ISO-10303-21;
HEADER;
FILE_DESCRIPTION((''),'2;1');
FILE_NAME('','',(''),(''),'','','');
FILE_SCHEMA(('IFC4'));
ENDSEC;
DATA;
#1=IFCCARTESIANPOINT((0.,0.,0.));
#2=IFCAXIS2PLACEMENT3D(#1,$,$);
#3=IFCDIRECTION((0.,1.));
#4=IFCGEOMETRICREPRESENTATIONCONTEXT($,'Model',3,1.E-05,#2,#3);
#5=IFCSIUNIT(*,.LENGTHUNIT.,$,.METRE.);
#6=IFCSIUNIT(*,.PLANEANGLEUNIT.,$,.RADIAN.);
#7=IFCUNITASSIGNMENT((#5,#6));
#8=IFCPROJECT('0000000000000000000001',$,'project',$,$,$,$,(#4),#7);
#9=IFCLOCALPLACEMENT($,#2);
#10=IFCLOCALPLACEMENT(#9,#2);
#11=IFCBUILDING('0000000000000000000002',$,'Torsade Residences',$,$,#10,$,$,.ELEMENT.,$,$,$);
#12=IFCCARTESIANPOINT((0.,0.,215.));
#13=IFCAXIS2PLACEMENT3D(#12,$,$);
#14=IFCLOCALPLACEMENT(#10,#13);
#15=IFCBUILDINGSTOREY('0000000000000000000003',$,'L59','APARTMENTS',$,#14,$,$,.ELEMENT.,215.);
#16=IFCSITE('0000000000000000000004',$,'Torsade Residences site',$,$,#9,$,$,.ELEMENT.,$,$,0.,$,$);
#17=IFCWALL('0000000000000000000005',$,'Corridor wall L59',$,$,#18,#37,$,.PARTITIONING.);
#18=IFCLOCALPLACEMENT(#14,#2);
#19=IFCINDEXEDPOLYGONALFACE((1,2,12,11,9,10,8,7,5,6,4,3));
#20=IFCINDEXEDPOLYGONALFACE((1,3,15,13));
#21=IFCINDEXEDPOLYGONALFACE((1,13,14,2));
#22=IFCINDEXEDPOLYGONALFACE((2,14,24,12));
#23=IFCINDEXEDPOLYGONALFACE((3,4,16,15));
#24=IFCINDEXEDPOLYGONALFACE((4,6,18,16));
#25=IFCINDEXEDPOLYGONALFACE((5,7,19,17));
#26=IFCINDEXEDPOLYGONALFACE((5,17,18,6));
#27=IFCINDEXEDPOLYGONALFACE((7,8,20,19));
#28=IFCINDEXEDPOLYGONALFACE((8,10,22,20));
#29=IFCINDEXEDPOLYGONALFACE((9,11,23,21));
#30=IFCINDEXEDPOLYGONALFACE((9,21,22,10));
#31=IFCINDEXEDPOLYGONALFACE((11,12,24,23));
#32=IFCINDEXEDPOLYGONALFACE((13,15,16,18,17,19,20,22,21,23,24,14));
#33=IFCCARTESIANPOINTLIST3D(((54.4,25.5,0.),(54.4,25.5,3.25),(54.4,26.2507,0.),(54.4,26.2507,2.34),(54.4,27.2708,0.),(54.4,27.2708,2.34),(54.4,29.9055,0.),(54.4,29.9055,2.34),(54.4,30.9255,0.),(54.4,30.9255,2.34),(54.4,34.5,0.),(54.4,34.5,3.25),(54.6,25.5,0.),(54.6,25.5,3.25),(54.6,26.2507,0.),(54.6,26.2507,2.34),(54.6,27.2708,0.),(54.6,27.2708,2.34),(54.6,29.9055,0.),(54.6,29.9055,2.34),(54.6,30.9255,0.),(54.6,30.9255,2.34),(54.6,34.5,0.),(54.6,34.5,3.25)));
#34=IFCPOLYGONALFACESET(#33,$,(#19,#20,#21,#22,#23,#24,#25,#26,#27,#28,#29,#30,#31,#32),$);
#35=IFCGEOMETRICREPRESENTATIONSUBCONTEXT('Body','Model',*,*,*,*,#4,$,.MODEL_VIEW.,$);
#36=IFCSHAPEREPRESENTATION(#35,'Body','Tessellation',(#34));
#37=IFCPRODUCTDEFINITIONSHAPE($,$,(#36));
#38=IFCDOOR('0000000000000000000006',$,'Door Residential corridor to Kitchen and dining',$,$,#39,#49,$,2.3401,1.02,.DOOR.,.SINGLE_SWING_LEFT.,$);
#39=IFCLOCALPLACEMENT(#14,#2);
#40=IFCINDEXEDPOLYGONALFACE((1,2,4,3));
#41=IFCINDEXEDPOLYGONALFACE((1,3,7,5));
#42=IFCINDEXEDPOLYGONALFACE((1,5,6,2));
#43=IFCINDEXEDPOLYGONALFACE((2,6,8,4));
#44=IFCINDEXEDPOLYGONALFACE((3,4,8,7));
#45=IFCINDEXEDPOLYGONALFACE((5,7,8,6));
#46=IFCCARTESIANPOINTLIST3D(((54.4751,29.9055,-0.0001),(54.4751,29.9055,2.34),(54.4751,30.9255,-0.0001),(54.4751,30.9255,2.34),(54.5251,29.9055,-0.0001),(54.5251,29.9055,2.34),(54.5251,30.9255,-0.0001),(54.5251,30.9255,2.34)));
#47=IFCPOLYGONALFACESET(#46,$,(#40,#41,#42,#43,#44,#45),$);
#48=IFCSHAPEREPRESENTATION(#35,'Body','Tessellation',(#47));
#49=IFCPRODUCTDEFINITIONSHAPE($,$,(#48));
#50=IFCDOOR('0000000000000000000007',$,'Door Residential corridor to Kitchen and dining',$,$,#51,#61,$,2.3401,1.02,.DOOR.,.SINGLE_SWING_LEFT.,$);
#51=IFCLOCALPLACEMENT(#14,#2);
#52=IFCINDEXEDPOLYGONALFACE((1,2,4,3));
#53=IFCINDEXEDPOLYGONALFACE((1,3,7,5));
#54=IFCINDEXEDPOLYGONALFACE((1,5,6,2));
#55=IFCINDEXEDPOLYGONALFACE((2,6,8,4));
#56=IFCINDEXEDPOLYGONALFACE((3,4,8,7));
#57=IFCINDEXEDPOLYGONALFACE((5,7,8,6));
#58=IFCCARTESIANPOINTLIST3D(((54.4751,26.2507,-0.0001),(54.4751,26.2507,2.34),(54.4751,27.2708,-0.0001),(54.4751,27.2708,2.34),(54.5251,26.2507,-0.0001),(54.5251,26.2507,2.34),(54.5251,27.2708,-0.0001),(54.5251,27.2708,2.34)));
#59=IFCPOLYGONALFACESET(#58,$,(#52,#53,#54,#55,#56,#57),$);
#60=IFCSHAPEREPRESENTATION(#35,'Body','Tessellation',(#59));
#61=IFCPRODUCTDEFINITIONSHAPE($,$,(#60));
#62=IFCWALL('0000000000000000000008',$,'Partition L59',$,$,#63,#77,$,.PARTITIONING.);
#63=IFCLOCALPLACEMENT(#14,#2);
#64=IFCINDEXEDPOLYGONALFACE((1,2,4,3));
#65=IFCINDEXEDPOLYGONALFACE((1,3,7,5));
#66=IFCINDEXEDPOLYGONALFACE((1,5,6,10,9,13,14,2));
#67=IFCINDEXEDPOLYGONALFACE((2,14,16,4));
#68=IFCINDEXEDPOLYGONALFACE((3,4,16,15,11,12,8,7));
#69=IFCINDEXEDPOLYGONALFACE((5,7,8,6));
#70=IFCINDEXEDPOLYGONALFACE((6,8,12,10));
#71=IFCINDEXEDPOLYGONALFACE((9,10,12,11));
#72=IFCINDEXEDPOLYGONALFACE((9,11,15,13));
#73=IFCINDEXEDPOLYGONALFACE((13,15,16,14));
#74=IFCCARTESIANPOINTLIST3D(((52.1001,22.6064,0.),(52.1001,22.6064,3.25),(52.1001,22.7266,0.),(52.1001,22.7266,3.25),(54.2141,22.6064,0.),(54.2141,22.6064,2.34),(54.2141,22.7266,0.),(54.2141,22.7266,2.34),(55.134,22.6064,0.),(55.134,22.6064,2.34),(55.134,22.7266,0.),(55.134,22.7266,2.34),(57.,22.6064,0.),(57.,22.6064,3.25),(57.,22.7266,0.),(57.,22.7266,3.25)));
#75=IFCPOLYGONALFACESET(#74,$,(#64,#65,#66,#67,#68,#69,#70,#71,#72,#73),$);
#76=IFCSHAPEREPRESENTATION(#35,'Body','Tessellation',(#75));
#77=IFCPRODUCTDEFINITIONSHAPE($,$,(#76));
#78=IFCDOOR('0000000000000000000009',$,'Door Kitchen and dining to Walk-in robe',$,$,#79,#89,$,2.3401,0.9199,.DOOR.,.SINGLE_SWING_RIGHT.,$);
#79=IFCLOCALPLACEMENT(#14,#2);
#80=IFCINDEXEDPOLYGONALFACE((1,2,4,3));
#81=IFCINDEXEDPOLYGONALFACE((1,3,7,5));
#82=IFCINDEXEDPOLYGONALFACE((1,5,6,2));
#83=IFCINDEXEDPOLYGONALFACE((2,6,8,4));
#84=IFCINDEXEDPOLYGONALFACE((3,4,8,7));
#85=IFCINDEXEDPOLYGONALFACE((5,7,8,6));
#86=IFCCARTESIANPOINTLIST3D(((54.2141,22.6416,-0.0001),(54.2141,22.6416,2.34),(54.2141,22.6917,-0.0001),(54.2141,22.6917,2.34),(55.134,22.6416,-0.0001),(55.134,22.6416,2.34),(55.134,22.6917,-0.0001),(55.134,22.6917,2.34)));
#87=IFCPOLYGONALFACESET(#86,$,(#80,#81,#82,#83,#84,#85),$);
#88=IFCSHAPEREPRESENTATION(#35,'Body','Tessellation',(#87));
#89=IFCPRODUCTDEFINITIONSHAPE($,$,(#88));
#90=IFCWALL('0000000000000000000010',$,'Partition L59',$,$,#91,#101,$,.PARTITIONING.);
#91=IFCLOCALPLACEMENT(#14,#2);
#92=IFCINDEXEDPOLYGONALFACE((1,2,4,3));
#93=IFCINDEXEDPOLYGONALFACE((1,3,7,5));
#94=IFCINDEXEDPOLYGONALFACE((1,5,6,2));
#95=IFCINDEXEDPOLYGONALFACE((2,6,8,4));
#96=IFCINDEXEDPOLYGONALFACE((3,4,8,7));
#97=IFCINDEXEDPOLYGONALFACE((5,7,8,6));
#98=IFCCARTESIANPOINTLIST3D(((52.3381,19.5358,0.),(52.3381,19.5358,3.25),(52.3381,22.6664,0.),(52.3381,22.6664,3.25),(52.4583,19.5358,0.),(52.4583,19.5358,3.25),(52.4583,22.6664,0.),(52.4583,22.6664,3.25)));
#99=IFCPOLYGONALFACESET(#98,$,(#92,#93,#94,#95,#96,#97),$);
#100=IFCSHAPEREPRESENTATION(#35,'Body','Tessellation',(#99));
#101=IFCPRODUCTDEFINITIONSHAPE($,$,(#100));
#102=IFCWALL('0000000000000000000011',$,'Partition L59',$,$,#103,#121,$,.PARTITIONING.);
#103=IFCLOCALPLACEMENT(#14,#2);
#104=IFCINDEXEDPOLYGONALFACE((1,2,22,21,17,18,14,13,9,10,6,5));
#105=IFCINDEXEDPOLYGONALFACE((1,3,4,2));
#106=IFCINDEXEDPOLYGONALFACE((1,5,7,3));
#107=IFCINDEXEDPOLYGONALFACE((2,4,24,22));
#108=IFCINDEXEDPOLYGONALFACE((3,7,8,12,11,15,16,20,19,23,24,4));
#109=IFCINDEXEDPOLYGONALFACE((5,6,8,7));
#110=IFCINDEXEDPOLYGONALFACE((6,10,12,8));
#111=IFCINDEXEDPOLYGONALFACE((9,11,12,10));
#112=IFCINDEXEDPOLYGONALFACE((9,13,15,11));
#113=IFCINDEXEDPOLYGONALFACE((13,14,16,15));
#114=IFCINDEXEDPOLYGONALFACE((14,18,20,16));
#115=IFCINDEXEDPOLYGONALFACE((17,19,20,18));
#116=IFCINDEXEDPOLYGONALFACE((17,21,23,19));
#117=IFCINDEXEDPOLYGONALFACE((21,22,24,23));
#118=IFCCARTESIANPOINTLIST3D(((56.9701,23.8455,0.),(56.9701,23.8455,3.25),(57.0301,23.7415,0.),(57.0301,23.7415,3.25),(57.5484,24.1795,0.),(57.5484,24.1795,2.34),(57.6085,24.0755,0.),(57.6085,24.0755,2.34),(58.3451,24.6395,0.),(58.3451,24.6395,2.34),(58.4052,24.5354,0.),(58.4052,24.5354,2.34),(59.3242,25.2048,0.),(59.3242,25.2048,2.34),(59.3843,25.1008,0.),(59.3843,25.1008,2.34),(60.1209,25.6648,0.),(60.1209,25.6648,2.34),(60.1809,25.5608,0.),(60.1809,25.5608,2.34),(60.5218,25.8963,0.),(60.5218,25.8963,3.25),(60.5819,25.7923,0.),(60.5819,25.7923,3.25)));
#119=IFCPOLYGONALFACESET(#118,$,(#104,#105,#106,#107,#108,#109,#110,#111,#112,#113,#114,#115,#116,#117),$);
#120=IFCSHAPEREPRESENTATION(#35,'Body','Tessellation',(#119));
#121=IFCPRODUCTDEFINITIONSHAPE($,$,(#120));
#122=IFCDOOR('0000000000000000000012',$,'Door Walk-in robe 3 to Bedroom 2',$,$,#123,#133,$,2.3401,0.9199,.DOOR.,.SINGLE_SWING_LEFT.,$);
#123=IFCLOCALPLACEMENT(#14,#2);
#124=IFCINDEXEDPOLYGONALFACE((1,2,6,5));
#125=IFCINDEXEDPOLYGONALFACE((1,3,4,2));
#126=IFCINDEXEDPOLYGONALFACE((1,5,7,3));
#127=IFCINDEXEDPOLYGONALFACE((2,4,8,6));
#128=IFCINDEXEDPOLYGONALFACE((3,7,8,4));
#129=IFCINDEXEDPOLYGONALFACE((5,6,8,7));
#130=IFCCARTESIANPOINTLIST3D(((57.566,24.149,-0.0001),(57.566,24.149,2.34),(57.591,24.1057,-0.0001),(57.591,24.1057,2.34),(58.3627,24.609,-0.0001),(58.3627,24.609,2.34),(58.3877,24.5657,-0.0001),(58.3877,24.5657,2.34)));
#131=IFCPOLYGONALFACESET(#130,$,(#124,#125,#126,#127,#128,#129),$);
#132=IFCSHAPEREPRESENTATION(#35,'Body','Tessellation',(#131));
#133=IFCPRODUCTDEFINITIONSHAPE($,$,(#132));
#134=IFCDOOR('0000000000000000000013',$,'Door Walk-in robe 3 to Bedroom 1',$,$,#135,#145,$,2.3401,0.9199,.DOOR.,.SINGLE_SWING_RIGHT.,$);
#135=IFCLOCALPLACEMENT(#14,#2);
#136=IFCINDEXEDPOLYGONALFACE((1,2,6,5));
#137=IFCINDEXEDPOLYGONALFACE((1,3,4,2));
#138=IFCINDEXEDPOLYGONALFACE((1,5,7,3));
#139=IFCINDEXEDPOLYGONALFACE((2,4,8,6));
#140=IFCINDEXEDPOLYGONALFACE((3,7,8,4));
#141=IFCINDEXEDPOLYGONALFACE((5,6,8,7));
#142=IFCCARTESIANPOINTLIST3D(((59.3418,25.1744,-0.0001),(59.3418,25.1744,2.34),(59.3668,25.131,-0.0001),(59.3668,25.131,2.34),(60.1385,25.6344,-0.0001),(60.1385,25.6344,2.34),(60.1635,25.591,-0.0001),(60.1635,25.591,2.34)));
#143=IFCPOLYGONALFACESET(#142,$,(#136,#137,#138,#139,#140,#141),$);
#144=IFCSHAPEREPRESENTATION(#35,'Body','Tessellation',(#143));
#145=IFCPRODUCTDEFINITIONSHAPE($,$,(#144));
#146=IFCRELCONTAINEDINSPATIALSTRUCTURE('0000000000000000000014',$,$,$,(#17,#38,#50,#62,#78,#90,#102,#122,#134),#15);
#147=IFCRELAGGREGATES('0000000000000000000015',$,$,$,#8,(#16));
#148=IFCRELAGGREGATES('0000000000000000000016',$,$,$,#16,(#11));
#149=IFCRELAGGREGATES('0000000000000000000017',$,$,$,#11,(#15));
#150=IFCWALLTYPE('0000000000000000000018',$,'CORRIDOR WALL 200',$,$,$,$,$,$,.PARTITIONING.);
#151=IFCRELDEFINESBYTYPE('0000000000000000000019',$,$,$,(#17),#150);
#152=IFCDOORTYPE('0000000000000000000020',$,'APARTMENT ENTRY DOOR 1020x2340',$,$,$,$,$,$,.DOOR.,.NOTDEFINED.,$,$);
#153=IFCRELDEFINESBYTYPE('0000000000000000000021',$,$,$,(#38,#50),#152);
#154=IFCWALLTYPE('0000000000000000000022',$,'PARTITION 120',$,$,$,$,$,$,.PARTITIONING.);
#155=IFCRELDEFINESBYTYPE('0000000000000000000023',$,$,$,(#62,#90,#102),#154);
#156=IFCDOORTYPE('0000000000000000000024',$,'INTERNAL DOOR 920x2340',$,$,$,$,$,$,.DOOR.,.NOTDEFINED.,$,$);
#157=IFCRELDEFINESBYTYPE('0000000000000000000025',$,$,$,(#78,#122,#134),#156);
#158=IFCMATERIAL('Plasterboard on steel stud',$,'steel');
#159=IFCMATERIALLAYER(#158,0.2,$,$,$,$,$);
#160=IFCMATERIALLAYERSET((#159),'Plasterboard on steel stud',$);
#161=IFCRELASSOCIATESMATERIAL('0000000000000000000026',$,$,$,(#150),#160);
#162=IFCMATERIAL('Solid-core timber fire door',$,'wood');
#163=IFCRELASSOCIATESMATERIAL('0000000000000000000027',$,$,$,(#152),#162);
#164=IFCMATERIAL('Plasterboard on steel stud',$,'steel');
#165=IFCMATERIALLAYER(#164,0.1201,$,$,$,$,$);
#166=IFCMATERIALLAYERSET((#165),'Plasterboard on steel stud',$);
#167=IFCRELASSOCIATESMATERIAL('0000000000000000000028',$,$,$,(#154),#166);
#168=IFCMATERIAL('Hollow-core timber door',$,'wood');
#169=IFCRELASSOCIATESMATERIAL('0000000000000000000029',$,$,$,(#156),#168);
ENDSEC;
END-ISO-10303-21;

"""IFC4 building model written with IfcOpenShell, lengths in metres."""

from ifc_helpers import new_model, si_unit, direction, frame, frame_2d, origin, place, context, subcontext, project, spatial, rectangle, extrude, material, layer, layer_set, type_object, element, fill, save


model = new_model("IFC4")

# Units and contexts
model_context = context("Model", 3, precision=1e-05, world=origin(), true_north=direction((0.0, 1.0)))
body_context = subcontext(model_context, "Body", "Model", "MODEL_VIEW")
ifc_project = project(units=[si_unit("LENGTHUNIT", "METRE"), si_unit("PLANEANGLEUNIT", "RADIAN")], contexts=[model_context])

# Site, building, storey
site_placement = place(None, origin())
site = spatial("IfcSite", under=ifc_project, at=site_placement, Name="Torsade Residences site", CompositionType="ELEMENT", RefElevation=0.0)
building_placement = place(site_placement, origin())
building = spatial("IfcBuilding", under=site, at=building_placement, Name="Torsade Residences", CompositionType="ELEMENT")
storey_placement = place(building_placement, frame((0.0, 0.0, 215.0)))
storey = spatial("IfcBuildingStorey", under=building, at=storey_placement, Name="L59", Description="APARTMENTS", CompositionType="ELEMENT", Elevation=215.0)

# Wall, openings, doors
ifc_material_1 = material(Name="Plasterboard on steel stud", Category="steel")
ifc_layer_1 = layer(ifc_material_1, 0.2)
ifc_layer_set_1 = layer_set([ifc_layer_1], Name="Plasterboard on steel stud")
wall_type_1 = type_object("IfcWallType", Name="CORRIDOR WALL 200", PredefinedType="PARTITIONING", material=ifc_layer_set_1)
wall_1_placement = place(storey_placement, frame((54.5, 25.5, 0.0), z_axis=(0.0, 0.0, 1.0), x_axis=(0.0, 1.0, 0.0)))
wall_1 = element("IfcWall", 1, at=wall_1_placement, inside=storey, type_object=wall_type_1, Name="Corridor wall L59", PredefinedType="PARTITIONING", context=body_context, shape_type="SweptSolid", body=[
    extrude(rectangle(XDim=9.0, YDim=0.2, at=frame_2d((4.5, 0.0))), origin(), (0.0, 0.0, 1.0), 3.25),
])
opening_1_placement = place(wall_1_placement, frame((4.4055, 0.0, 0.0)))
opening_1 = element("IfcOpeningElement", 2, at=opening_1_placement, cuts=wall_1, PredefinedType="OPENING", context=body_context, shape_type="SweptSolid", body=[
    extrude(rectangle(XDim=1.02, YDim=2.3401, at=frame_2d((0.51, 1.1699))), frame((0.0, 0.1099, 0.0), z_axis=(0.0, -1.0, 0.0), x_axis=(1.0, 0.0, 0.0)), (0.0, 0.0, 1.0), 0.22),
])
opening_2_placement = place(wall_1_placement, frame((0.7507, 0.0, 0.0)))
opening_2 = element("IfcOpeningElement", 3, at=opening_2_placement, cuts=wall_1, PredefinedType="OPENING", context=body_context, shape_type="SweptSolid", body=[
    extrude(rectangle(XDim=1.02, YDim=2.3401, at=frame_2d((0.51, 1.1699))), frame((0.0, 0.1099, 0.0), z_axis=(0.0, -1.0, 0.0), x_axis=(1.0, 0.0, 0.0)), (0.0, 0.0, 1.0), 0.22),
])
ifc_material_2 = material(Name="Solid-core timber fire door", Category="wood")
door_type_1 = type_object("IfcDoorType", Name="APARTMENT ENTRY DOOR 1020x2340", OperationType="NOTDEFINED", PredefinedType="DOOR", material=ifc_material_2)
door_1_placement = place(opening_1_placement, origin())
door_1 = element("IfcDoor", 4, at=door_1_placement, inside=storey, type_object=door_type_1, Name="Door Residential corridor to Kitchen and dining", OperationType="SINGLE_SWING_LEFT", OverallHeight=2.3401, OverallWidth=1.02, PredefinedType="DOOR", context=body_context, shape_type="SweptSolid", body=[
    extrude(rectangle(XDim=1.02, YDim=2.3401, at=frame_2d((0.51, 1.1699))), frame((0.0, 0.0249, 0.0), z_axis=(0.0, -1.0, 0.0), x_axis=(1.0, 0.0, 0.0)), (0.0, 0.0, 1.0), 0.05),
])
fill(opening_1, door_1)
door_2_placement = place(opening_2_placement, origin())
door_2 = element("IfcDoor", 5, at=door_2_placement, inside=storey, type_object=door_type_1, Name="Door Residential corridor to Kitchen and dining", OperationType="SINGLE_SWING_LEFT", OverallHeight=2.3401, OverallWidth=1.02, PredefinedType="DOOR", context=body_context, shape_type="SweptSolid", body=[
    extrude(rectangle(XDim=1.02, YDim=2.3401, at=frame_2d((0.51, 1.1699))), frame((0.0, 0.0249, 0.0), z_axis=(0.0, -1.0, 0.0), x_axis=(1.0, 0.0, 0.0)), (0.0, 0.0, 1.0), 0.05),
])
fill(opening_2, door_2)

# Wall, opening, door
ifc_material_3 = material(Name="Plasterboard on steel stud", Category="steel")
ifc_layer_2 = layer(ifc_material_3, 0.1201)
ifc_layer_set_2 = layer_set([ifc_layer_2], Name="Plasterboard on steel stud")
wall_type_2 = type_object("IfcWallType", Name="PARTITION 120", PredefinedType="PARTITIONING", material=ifc_layer_set_2)
wall_2_placement = place(storey_placement, frame((57.0, 22.6665, 0.0), z_axis=(0.0, 0.0, 1.0), x_axis=(-1.0, 0.0, 0.0)))
wall_2 = element("IfcWall", 6, at=wall_2_placement, inside=storey, type_object=wall_type_2, Name="Partition L59", PredefinedType="PARTITIONING", context=body_context, shape_type="SweptSolid", body=[
    extrude(rectangle(XDim=4.8999, YDim=0.1201, at=frame_2d((2.45, 0.0))), origin(), (0.0, 0.0, 1.0), 3.25),
])
opening_3_placement = place(wall_2_placement, frame((1.866, 0.0, 0.0)))
opening_3 = element("IfcOpeningElement", 7, at=opening_3_placement, cuts=wall_2, PredefinedType="OPENING", context=body_context, shape_type="SweptSolid", body=[
    extrude(rectangle(XDim=0.9199, YDim=2.3401, at=frame_2d((0.46, 1.1699))), frame((0.0, 0.0701, 0.0), z_axis=(0.0, -1.0, 0.0), x_axis=(1.0, 0.0, 0.0)), (0.0, 0.0, 1.0), 0.1401),
])
ifc_material_4 = material(Name="Hollow-core timber door", Category="wood")
door_type_2 = type_object("IfcDoorType", Name="INTERNAL DOOR 920x2340", OperationType="NOTDEFINED", PredefinedType="DOOR", material=ifc_material_4)
door_3_placement = place(opening_3_placement, origin())
door_3 = element("IfcDoor", 8, at=door_3_placement, inside=storey, type_object=door_type_2, Name="Door Kitchen and dining to Walk-in robe", OperationType="SINGLE_SWING_RIGHT", OverallHeight=2.3401, OverallWidth=0.9199, PredefinedType="DOOR", context=body_context, shape_type="SweptSolid", body=[
    extrude(rectangle(XDim=0.9199, YDim=2.3401, at=frame_2d((0.46, 1.1699))), frame((0.0, 0.0249, 0.0), z_axis=(0.0, -1.0, 0.0), x_axis=(1.0, 0.0, 0.0)), (0.0, 0.0, 1.0), 0.05),
])
fill(opening_3, door_3)

# Wall
wall_3_placement = place(storey_placement, frame((52.3982, 22.6665, 0.0), z_axis=(0.0, 0.0, 1.0), x_axis=(0.0, -1.0, 0.0)))
element("IfcWall", 9, at=wall_3_placement, inside=storey, type_object=wall_type_2, Name="Partition L59", PredefinedType="PARTITIONING", context=body_context, shape_type="SweptSolid", body=[
    extrude(rectangle(XDim=3.1306, YDim=0.1201, at=frame_2d((1.5654, 0.0))), origin(), (0.0, 0.0, 1.0), 3.25),
])

# Wall, openings, doors
wall_4_placement = place(storey_placement, frame((57.0, 23.7935, 0.0), z_axis=(0.0, 0.0, 1.0), x_axis=(0.866007, 0.500032, 0.0)))
wall_4 = element("IfcWall", 10, at=wall_4_placement, inside=storey, type_object=wall_type_2, Name="Partition L59", PredefinedType="PARTITIONING", context=body_context, shape_type="SweptSolid", body=[
    extrude(rectangle(XDim=4.1013, YDim=0.1201, at=frame_2d((2.0508, 0.0))), origin(), (0.0, 0.0, 1.0), 3.25),
])
opening_4_placement = place(wall_4_placement, frame((0.668, 0.0, 0.0)))
opening_4 = element("IfcOpeningElement", 11, at=opening_4_placement, cuts=wall_4, PredefinedType="OPENING", context=body_context, shape_type="SweptSolid", body=[
    extrude(rectangle(XDim=0.9199, YDim=2.3401, at=frame_2d((0.46, 1.1699))), frame((0.0, 0.0701, 0.0), z_axis=(0.0, -1.0, 0.0), x_axis=(1.0, 0.0, 0.0)), (0.0, 0.0, 1.0), 0.1401),
])
opening_5_placement = place(wall_4_placement, frame((2.7185, 0.0, 0.0)))
opening_5 = element("IfcOpeningElement", 12, at=opening_5_placement, cuts=wall_4, PredefinedType="OPENING", context=body_context, shape_type="SweptSolid", body=[
    extrude(rectangle(XDim=0.9199, YDim=2.3401, at=frame_2d((0.46, 1.1699))), frame((0.0, 0.0701, 0.0), z_axis=(0.0, -1.0, 0.0), x_axis=(1.0, 0.0, 0.0)), (0.0, 0.0, 1.0), 0.1401),
])
door_4_placement = place(opening_4_placement, origin())
door_4 = element("IfcDoor", 13, at=door_4_placement, inside=storey, type_object=door_type_2, Name="Door Walk-in robe 3 to Bedroom 2", OperationType="SINGLE_SWING_LEFT", OverallHeight=2.3401, OverallWidth=0.9199, PredefinedType="DOOR", context=body_context, shape_type="SweptSolid", body=[
    extrude(rectangle(XDim=0.9199, YDim=2.3401, at=frame_2d((0.46, 1.1699))), frame((0.0, 0.0249, 0.0), z_axis=(0.0, -1.0, 0.0), x_axis=(1.0, 0.0, 0.0)), (0.0, 0.0, 1.0), 0.05),
])
fill(opening_4, door_4)
door_5_placement = place(opening_5_placement, origin())
door_5 = element("IfcDoor", 14, at=door_5_placement, inside=storey, type_object=door_type_2, Name="Door Walk-in robe 3 to Bedroom 1", OperationType="SINGLE_SWING_RIGHT", OverallHeight=2.3401, OverallWidth=0.9199, PredefinedType="DOOR", context=body_context, shape_type="SweptSolid", body=[
    extrude(rectangle(XDim=0.9199, YDim=2.3401, at=frame_2d((0.46, 1.1699))), frame((0.0, 0.0249, 0.0), z_axis=(0.0, -1.0, 0.0), x_axis=(1.0, 0.0, 0.0)), (0.0, 0.0, 1.0), 0.05),
])
fill(opening_5, door_5)

save(model, "model.ifc")
